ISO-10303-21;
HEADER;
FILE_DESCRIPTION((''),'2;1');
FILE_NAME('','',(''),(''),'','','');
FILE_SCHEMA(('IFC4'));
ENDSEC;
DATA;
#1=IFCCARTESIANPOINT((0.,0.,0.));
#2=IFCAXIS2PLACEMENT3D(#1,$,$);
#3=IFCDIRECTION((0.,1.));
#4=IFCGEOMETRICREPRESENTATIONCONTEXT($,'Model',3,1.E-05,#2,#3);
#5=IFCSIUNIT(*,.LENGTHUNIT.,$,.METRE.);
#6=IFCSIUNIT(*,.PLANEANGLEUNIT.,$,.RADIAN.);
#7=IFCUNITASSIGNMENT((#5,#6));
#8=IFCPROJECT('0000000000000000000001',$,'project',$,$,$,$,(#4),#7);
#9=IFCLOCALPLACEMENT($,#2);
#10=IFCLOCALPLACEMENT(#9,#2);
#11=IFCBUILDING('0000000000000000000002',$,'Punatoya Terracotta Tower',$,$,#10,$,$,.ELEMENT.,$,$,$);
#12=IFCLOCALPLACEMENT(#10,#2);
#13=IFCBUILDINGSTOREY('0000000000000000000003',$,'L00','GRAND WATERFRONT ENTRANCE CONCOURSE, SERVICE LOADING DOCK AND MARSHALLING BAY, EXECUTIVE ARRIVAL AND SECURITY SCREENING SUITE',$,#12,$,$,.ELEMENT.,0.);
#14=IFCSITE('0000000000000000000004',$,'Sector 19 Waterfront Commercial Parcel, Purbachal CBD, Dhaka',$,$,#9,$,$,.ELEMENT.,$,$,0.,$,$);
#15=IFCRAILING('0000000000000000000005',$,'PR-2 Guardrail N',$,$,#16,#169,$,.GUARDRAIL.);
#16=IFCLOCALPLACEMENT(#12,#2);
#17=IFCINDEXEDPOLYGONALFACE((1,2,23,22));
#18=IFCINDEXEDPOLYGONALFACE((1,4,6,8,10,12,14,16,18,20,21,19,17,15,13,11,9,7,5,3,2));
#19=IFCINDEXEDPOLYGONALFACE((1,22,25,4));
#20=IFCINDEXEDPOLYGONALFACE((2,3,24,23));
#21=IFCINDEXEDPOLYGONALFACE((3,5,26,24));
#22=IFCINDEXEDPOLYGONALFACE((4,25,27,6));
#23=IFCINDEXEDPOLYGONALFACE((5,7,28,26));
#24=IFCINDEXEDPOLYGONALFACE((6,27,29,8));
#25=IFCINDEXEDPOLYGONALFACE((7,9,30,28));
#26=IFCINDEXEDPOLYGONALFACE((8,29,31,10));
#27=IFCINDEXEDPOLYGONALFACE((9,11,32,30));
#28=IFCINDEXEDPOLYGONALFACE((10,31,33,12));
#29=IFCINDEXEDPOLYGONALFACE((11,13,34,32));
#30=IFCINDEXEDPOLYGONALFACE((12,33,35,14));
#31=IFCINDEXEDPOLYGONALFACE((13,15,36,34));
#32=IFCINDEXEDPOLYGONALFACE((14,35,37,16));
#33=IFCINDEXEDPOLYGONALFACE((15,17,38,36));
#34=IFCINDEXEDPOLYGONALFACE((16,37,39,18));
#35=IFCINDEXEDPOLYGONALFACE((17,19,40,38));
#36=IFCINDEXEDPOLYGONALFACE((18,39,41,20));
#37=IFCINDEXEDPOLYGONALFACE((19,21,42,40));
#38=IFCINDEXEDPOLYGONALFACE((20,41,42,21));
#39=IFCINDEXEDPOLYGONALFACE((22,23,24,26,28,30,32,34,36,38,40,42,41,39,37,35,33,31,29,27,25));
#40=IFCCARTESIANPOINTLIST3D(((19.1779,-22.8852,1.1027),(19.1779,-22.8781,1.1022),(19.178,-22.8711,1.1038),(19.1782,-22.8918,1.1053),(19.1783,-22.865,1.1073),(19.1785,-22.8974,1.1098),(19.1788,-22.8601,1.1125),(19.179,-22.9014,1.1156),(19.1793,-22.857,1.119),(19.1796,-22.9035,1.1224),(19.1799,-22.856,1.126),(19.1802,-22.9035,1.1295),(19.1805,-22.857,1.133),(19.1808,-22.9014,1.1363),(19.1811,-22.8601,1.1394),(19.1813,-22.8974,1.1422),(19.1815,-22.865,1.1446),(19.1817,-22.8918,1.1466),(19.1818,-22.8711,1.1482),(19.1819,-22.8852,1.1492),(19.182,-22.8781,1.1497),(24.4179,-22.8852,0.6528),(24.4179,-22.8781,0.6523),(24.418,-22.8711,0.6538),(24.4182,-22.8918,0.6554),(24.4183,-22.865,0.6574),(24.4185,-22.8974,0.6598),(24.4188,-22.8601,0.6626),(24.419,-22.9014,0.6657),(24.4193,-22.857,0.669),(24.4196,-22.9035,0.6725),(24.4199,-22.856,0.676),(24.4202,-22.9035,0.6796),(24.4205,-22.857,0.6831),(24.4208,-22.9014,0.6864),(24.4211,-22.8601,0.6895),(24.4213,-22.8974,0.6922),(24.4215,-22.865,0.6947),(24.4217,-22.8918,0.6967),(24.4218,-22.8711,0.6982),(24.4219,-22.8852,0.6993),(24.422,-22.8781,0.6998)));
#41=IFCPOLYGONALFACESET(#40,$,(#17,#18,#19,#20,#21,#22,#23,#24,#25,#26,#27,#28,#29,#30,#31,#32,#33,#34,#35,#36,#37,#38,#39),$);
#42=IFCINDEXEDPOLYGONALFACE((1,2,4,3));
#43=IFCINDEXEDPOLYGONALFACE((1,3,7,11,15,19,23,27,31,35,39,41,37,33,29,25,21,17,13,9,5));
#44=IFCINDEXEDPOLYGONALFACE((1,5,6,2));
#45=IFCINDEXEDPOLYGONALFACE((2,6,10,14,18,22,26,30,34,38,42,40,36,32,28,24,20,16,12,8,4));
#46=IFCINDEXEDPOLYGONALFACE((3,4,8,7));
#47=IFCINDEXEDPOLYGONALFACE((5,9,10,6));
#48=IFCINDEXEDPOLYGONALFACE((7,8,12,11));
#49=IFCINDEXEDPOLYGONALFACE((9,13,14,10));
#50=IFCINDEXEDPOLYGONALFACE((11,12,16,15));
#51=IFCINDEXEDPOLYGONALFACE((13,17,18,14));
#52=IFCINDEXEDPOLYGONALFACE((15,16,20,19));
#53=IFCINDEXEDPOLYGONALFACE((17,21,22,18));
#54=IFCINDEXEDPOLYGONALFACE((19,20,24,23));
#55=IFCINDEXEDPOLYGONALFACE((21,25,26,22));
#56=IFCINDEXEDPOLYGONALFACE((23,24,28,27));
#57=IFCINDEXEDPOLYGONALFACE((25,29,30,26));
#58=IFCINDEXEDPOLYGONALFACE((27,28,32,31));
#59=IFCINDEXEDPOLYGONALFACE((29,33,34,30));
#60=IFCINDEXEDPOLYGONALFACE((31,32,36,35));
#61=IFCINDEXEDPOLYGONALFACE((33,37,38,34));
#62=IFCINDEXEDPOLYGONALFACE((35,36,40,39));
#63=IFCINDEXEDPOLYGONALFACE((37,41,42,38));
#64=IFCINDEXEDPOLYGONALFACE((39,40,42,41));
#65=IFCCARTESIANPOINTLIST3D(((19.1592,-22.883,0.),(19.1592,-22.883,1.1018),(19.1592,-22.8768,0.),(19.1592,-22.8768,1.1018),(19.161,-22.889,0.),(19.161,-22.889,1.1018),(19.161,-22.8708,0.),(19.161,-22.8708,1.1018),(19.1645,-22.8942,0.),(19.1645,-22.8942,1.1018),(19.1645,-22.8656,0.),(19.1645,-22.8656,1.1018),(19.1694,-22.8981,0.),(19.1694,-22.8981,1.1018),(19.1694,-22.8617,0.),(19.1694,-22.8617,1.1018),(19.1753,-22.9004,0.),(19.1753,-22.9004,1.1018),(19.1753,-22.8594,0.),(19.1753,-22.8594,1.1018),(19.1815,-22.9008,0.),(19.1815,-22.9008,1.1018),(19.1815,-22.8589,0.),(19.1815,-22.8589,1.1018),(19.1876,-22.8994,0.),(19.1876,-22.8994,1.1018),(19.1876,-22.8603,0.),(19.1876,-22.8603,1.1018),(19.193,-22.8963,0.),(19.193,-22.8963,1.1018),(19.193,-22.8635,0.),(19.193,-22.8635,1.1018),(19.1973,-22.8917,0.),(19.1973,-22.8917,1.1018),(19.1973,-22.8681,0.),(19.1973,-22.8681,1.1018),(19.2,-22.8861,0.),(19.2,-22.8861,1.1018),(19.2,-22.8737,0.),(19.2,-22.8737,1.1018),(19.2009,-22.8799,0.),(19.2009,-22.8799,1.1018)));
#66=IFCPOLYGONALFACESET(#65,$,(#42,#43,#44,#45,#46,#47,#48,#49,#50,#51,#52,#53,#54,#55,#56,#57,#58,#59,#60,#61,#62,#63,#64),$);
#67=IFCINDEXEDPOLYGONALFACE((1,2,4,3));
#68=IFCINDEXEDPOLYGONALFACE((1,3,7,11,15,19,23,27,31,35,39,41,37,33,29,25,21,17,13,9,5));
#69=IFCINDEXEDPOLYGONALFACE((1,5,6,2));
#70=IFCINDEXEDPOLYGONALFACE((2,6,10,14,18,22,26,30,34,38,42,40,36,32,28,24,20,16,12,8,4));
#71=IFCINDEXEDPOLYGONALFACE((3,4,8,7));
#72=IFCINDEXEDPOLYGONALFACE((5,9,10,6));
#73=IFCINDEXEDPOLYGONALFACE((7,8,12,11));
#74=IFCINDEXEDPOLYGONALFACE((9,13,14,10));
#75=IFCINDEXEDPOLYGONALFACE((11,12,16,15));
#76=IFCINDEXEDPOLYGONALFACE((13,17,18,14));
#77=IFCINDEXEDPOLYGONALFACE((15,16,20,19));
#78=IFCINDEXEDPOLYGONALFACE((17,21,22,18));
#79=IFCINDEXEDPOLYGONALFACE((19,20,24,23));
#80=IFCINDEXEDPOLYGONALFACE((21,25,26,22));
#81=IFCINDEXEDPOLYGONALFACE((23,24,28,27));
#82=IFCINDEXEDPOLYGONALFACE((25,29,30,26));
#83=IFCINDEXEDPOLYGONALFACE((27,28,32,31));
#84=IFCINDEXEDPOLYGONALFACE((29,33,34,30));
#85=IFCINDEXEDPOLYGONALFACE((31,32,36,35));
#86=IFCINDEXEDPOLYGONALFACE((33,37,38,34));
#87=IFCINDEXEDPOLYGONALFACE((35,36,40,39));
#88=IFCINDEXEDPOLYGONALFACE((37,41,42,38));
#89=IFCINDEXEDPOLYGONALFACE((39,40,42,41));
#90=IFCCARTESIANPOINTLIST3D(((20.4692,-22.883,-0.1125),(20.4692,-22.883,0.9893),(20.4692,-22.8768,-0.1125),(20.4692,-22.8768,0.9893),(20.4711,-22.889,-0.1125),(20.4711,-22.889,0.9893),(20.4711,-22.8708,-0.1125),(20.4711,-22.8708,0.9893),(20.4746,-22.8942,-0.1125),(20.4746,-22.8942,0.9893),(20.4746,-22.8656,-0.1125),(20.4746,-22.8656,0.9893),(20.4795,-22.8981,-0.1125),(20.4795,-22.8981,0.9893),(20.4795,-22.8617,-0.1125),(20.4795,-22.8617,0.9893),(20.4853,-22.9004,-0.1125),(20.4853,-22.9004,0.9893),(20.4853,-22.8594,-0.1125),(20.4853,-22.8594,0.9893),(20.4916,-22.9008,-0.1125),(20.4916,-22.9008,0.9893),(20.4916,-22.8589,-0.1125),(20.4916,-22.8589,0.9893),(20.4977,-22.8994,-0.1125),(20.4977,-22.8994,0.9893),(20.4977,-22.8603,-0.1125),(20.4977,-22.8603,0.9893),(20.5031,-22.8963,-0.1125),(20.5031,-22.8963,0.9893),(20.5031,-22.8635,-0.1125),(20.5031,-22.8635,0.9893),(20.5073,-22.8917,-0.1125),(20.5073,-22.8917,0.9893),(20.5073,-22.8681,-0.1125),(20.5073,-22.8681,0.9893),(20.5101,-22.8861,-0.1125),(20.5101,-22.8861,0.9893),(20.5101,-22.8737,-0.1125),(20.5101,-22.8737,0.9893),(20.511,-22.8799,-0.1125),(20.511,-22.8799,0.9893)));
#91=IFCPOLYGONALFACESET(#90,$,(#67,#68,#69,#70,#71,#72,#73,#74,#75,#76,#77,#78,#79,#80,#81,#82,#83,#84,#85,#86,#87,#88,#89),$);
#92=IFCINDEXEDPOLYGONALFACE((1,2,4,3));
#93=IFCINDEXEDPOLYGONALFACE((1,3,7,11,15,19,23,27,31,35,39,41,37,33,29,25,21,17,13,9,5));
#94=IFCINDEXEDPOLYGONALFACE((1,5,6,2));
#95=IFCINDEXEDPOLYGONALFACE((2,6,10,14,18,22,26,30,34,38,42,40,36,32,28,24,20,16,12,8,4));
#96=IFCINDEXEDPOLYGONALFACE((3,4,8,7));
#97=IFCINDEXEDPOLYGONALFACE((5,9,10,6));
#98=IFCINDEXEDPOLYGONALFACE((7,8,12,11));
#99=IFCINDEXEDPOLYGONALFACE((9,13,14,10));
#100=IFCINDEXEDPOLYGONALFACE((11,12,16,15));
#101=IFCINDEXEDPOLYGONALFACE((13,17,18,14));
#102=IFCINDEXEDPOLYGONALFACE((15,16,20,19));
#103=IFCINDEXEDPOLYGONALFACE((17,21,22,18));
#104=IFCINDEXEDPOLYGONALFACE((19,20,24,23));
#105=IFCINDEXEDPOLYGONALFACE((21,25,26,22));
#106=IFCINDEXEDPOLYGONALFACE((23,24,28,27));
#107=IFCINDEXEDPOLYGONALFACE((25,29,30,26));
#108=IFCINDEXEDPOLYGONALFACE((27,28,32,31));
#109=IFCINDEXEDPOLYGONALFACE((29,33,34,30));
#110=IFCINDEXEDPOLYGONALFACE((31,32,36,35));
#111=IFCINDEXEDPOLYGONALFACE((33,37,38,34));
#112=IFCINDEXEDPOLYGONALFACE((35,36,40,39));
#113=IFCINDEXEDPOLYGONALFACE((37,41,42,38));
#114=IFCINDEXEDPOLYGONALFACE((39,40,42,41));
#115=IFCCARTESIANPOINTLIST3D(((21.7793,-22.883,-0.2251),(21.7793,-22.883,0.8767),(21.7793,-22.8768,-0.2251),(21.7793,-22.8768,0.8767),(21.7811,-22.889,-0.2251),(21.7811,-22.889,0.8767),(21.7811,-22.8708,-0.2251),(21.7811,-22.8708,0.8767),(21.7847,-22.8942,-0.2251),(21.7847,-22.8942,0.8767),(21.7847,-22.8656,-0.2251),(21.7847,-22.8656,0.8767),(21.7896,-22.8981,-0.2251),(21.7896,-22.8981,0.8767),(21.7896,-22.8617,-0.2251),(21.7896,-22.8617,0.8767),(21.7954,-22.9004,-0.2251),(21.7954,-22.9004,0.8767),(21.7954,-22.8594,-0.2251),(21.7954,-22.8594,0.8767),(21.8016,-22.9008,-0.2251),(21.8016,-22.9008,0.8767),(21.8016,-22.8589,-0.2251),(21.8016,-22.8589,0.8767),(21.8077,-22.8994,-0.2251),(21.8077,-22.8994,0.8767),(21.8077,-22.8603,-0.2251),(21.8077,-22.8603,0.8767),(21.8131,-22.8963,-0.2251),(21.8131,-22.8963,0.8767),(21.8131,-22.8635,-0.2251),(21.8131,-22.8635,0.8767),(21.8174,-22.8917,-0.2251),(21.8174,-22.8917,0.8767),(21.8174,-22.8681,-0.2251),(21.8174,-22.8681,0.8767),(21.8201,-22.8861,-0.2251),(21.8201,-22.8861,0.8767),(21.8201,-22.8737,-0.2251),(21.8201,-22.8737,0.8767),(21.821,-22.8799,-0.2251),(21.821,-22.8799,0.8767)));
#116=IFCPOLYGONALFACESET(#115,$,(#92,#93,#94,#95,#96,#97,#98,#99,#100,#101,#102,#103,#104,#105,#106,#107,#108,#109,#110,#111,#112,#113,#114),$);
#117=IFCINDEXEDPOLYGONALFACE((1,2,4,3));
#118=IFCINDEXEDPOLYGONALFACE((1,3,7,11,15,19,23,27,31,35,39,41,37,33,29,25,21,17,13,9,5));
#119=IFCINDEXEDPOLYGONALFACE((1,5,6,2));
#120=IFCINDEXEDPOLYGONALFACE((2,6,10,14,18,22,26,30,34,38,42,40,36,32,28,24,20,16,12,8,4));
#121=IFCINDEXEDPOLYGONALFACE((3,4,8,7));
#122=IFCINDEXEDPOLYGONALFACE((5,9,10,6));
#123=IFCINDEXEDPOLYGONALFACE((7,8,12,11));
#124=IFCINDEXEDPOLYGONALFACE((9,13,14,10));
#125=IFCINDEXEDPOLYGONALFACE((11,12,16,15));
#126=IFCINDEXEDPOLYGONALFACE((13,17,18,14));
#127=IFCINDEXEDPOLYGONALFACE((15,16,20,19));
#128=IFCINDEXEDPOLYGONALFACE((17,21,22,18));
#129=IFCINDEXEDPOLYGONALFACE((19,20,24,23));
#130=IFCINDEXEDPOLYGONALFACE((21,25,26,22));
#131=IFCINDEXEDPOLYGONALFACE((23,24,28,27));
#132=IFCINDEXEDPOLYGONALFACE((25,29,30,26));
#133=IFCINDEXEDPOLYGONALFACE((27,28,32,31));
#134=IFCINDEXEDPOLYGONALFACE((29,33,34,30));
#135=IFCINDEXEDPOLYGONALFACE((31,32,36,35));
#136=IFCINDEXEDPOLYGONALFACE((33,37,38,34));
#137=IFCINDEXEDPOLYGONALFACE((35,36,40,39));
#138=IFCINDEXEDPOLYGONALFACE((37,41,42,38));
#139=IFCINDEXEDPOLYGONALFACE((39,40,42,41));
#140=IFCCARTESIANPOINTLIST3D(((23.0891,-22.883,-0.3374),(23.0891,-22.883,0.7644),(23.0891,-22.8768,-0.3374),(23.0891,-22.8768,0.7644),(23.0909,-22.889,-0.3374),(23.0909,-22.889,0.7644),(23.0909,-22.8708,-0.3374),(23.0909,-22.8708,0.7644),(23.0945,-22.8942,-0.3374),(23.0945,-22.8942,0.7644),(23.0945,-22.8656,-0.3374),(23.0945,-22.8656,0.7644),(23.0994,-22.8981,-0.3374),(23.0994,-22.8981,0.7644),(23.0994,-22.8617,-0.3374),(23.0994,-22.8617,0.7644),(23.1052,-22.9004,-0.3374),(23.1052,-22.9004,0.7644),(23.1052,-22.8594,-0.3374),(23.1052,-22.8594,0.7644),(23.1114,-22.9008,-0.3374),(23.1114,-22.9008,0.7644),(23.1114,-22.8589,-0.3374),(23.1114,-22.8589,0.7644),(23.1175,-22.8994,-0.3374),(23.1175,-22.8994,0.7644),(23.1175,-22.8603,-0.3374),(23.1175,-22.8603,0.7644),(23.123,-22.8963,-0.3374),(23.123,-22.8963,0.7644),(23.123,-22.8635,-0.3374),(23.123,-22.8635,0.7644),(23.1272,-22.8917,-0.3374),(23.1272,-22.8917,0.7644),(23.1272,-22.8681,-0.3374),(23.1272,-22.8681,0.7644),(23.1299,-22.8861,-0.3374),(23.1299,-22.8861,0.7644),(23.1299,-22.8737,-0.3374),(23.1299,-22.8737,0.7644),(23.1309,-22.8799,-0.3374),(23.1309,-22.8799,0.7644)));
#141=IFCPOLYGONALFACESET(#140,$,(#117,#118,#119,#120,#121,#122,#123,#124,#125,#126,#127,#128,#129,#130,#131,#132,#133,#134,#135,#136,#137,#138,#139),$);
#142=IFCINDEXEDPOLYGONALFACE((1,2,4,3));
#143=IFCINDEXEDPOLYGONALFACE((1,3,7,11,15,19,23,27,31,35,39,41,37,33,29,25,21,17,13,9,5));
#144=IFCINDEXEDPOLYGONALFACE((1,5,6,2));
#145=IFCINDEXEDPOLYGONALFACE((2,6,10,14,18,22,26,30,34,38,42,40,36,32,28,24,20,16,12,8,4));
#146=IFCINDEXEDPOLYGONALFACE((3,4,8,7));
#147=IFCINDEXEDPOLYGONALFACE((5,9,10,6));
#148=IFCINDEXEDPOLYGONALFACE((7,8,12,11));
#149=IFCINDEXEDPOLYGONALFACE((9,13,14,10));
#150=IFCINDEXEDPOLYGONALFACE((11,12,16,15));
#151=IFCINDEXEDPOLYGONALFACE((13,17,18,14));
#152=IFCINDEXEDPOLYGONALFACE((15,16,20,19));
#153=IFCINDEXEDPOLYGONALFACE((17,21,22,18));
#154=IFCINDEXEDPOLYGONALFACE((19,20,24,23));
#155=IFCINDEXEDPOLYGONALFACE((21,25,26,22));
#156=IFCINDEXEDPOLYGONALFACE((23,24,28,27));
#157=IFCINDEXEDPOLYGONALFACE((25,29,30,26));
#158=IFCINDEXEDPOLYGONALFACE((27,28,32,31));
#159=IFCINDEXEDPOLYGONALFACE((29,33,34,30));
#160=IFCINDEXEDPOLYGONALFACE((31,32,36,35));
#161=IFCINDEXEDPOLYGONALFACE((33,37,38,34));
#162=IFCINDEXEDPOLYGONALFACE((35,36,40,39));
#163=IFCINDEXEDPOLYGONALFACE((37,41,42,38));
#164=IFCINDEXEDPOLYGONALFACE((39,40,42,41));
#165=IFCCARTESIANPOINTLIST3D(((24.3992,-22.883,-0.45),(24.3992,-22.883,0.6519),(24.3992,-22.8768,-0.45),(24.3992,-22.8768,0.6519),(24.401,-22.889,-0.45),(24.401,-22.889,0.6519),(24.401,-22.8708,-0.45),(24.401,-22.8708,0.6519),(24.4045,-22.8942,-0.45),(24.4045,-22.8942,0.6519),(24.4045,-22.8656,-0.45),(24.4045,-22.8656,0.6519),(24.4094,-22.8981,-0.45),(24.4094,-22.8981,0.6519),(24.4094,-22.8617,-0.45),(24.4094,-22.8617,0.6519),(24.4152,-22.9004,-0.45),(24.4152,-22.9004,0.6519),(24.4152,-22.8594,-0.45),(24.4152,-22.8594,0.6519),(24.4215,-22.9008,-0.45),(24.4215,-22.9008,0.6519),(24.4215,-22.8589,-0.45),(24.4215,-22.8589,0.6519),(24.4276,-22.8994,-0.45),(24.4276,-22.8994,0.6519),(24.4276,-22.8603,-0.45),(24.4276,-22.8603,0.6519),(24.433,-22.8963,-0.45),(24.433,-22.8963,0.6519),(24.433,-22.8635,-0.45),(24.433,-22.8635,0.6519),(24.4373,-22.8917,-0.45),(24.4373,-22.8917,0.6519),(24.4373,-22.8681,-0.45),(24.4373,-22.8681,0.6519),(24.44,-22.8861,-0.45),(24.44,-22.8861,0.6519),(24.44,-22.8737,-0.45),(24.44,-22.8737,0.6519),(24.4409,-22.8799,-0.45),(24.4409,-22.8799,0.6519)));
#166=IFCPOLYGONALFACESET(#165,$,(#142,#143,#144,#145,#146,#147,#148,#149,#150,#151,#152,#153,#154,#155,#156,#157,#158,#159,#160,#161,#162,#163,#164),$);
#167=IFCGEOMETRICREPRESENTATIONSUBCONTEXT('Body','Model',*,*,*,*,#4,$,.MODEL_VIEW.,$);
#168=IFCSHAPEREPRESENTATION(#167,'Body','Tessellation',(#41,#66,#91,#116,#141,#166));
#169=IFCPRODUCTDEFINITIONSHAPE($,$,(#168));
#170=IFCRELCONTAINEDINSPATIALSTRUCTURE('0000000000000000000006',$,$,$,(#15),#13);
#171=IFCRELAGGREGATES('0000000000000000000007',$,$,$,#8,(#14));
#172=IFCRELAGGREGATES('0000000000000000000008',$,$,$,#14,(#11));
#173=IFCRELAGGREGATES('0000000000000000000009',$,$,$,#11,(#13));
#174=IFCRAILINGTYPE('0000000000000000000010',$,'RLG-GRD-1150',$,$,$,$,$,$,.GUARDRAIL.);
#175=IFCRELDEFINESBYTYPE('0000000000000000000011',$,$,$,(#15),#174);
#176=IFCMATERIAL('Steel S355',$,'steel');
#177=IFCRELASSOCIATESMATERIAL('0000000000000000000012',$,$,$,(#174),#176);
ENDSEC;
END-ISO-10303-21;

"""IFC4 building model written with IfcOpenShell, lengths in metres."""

from ifc_helpers import new_model, si_unit, direction, frame, origin, origin_2d, place, context, subcontext, project, spatial, circle, extrude, material, type_object, element, save


model = new_model("IFC4")

# Units and contexts
model_context = context("Model", 3, precision=1e-05, world=origin(), true_north=direction((0.0, 1.0)))
body_context = subcontext(model_context, "Body", "Model", "MODEL_VIEW")
ifc_project = project(units=[si_unit("LENGTHUNIT", "METRE"), si_unit("PLANEANGLEUNIT", "RADIAN")], contexts=[model_context])

# Site, building, storey
site_placement = place(None, origin())
site = spatial("IfcSite", under=ifc_project, at=site_placement, Name="Sector 19 Waterfront Commercial Parcel, Purbachal CBD, Dhaka", CompositionType="ELEMENT", RefElevation=0.0)
building_placement = place(site_placement, origin())
building = spatial("IfcBuilding", under=site, at=building_placement, Name="Punatoya Terracotta Tower", CompositionType="ELEMENT")
storey_placement = place(building_placement, origin())
storey = spatial("IfcBuildingStorey", under=building, at=storey_placement, Name="L00", Description="GRAND WATERFRONT ENTRANCE CONCOURSE, SERVICE LOADING DOCK AND MARSHALLING BAY, EXECUTIVE ARRIVAL AND SECURITY SCREENING SUITE", CompositionType="ELEMENT", Elevation=0.0)

# Shared definitions
ifc_material_1 = material(Name="Steel S355", Category="steel")

# Railing
railing_type_1 = type_object("IfcRailingType", Name="RLG-GRD-1150", PredefinedType="GUARDRAIL", material=ifc_material_1)
for number, where, name in (
    (1, (19.1799, -22.8799, 0.0), "PR-2 Guardrail N"),
):
    element("IfcRailing", number, at=place(storey_placement, frame(where)), inside=storey, type_object=railing_type_1, Name=name, PredefinedType="GUARDRAIL", context=body_context, shape_type="SweptSolid", body=[
        extrude(circle(Radius=0.0239, at=origin_2d()), frame((0.0, 0.0, 1.126), z_axis=(0.996334, 0.0, -0.085554), x_axis=(0.0, 1.0, 0.0)), (0.0, 0.0, 1.0), 5.2593),
        extrude(circle(Radius=0.021, at=origin_2d()), origin(), (0.0, 0.0, 1.0), 1.1018),
        extrude(circle(Radius=0.021, at=origin_2d()), frame((1.3101, 0.0, -0.1125)), (0.0, 0.0, 1.0), 1.1018),
        extrude(circle(Radius=0.021, at=origin_2d()), frame((2.6201, 0.0, -0.2251)), (0.0, 0.0, 1.0), 1.1018),
        extrude(circle(Radius=0.021, at=origin_2d()), frame((3.9299, 0.0, -0.3374)), (0.0, 0.0, 1.0), 1.1018),
        extrude(circle(Radius=0.021, at=origin_2d()), frame((5.24, 0.0, -0.45)), (0.0, 0.0, 1.0), 1.1018),
    ])

save(model, "model.ifc")
